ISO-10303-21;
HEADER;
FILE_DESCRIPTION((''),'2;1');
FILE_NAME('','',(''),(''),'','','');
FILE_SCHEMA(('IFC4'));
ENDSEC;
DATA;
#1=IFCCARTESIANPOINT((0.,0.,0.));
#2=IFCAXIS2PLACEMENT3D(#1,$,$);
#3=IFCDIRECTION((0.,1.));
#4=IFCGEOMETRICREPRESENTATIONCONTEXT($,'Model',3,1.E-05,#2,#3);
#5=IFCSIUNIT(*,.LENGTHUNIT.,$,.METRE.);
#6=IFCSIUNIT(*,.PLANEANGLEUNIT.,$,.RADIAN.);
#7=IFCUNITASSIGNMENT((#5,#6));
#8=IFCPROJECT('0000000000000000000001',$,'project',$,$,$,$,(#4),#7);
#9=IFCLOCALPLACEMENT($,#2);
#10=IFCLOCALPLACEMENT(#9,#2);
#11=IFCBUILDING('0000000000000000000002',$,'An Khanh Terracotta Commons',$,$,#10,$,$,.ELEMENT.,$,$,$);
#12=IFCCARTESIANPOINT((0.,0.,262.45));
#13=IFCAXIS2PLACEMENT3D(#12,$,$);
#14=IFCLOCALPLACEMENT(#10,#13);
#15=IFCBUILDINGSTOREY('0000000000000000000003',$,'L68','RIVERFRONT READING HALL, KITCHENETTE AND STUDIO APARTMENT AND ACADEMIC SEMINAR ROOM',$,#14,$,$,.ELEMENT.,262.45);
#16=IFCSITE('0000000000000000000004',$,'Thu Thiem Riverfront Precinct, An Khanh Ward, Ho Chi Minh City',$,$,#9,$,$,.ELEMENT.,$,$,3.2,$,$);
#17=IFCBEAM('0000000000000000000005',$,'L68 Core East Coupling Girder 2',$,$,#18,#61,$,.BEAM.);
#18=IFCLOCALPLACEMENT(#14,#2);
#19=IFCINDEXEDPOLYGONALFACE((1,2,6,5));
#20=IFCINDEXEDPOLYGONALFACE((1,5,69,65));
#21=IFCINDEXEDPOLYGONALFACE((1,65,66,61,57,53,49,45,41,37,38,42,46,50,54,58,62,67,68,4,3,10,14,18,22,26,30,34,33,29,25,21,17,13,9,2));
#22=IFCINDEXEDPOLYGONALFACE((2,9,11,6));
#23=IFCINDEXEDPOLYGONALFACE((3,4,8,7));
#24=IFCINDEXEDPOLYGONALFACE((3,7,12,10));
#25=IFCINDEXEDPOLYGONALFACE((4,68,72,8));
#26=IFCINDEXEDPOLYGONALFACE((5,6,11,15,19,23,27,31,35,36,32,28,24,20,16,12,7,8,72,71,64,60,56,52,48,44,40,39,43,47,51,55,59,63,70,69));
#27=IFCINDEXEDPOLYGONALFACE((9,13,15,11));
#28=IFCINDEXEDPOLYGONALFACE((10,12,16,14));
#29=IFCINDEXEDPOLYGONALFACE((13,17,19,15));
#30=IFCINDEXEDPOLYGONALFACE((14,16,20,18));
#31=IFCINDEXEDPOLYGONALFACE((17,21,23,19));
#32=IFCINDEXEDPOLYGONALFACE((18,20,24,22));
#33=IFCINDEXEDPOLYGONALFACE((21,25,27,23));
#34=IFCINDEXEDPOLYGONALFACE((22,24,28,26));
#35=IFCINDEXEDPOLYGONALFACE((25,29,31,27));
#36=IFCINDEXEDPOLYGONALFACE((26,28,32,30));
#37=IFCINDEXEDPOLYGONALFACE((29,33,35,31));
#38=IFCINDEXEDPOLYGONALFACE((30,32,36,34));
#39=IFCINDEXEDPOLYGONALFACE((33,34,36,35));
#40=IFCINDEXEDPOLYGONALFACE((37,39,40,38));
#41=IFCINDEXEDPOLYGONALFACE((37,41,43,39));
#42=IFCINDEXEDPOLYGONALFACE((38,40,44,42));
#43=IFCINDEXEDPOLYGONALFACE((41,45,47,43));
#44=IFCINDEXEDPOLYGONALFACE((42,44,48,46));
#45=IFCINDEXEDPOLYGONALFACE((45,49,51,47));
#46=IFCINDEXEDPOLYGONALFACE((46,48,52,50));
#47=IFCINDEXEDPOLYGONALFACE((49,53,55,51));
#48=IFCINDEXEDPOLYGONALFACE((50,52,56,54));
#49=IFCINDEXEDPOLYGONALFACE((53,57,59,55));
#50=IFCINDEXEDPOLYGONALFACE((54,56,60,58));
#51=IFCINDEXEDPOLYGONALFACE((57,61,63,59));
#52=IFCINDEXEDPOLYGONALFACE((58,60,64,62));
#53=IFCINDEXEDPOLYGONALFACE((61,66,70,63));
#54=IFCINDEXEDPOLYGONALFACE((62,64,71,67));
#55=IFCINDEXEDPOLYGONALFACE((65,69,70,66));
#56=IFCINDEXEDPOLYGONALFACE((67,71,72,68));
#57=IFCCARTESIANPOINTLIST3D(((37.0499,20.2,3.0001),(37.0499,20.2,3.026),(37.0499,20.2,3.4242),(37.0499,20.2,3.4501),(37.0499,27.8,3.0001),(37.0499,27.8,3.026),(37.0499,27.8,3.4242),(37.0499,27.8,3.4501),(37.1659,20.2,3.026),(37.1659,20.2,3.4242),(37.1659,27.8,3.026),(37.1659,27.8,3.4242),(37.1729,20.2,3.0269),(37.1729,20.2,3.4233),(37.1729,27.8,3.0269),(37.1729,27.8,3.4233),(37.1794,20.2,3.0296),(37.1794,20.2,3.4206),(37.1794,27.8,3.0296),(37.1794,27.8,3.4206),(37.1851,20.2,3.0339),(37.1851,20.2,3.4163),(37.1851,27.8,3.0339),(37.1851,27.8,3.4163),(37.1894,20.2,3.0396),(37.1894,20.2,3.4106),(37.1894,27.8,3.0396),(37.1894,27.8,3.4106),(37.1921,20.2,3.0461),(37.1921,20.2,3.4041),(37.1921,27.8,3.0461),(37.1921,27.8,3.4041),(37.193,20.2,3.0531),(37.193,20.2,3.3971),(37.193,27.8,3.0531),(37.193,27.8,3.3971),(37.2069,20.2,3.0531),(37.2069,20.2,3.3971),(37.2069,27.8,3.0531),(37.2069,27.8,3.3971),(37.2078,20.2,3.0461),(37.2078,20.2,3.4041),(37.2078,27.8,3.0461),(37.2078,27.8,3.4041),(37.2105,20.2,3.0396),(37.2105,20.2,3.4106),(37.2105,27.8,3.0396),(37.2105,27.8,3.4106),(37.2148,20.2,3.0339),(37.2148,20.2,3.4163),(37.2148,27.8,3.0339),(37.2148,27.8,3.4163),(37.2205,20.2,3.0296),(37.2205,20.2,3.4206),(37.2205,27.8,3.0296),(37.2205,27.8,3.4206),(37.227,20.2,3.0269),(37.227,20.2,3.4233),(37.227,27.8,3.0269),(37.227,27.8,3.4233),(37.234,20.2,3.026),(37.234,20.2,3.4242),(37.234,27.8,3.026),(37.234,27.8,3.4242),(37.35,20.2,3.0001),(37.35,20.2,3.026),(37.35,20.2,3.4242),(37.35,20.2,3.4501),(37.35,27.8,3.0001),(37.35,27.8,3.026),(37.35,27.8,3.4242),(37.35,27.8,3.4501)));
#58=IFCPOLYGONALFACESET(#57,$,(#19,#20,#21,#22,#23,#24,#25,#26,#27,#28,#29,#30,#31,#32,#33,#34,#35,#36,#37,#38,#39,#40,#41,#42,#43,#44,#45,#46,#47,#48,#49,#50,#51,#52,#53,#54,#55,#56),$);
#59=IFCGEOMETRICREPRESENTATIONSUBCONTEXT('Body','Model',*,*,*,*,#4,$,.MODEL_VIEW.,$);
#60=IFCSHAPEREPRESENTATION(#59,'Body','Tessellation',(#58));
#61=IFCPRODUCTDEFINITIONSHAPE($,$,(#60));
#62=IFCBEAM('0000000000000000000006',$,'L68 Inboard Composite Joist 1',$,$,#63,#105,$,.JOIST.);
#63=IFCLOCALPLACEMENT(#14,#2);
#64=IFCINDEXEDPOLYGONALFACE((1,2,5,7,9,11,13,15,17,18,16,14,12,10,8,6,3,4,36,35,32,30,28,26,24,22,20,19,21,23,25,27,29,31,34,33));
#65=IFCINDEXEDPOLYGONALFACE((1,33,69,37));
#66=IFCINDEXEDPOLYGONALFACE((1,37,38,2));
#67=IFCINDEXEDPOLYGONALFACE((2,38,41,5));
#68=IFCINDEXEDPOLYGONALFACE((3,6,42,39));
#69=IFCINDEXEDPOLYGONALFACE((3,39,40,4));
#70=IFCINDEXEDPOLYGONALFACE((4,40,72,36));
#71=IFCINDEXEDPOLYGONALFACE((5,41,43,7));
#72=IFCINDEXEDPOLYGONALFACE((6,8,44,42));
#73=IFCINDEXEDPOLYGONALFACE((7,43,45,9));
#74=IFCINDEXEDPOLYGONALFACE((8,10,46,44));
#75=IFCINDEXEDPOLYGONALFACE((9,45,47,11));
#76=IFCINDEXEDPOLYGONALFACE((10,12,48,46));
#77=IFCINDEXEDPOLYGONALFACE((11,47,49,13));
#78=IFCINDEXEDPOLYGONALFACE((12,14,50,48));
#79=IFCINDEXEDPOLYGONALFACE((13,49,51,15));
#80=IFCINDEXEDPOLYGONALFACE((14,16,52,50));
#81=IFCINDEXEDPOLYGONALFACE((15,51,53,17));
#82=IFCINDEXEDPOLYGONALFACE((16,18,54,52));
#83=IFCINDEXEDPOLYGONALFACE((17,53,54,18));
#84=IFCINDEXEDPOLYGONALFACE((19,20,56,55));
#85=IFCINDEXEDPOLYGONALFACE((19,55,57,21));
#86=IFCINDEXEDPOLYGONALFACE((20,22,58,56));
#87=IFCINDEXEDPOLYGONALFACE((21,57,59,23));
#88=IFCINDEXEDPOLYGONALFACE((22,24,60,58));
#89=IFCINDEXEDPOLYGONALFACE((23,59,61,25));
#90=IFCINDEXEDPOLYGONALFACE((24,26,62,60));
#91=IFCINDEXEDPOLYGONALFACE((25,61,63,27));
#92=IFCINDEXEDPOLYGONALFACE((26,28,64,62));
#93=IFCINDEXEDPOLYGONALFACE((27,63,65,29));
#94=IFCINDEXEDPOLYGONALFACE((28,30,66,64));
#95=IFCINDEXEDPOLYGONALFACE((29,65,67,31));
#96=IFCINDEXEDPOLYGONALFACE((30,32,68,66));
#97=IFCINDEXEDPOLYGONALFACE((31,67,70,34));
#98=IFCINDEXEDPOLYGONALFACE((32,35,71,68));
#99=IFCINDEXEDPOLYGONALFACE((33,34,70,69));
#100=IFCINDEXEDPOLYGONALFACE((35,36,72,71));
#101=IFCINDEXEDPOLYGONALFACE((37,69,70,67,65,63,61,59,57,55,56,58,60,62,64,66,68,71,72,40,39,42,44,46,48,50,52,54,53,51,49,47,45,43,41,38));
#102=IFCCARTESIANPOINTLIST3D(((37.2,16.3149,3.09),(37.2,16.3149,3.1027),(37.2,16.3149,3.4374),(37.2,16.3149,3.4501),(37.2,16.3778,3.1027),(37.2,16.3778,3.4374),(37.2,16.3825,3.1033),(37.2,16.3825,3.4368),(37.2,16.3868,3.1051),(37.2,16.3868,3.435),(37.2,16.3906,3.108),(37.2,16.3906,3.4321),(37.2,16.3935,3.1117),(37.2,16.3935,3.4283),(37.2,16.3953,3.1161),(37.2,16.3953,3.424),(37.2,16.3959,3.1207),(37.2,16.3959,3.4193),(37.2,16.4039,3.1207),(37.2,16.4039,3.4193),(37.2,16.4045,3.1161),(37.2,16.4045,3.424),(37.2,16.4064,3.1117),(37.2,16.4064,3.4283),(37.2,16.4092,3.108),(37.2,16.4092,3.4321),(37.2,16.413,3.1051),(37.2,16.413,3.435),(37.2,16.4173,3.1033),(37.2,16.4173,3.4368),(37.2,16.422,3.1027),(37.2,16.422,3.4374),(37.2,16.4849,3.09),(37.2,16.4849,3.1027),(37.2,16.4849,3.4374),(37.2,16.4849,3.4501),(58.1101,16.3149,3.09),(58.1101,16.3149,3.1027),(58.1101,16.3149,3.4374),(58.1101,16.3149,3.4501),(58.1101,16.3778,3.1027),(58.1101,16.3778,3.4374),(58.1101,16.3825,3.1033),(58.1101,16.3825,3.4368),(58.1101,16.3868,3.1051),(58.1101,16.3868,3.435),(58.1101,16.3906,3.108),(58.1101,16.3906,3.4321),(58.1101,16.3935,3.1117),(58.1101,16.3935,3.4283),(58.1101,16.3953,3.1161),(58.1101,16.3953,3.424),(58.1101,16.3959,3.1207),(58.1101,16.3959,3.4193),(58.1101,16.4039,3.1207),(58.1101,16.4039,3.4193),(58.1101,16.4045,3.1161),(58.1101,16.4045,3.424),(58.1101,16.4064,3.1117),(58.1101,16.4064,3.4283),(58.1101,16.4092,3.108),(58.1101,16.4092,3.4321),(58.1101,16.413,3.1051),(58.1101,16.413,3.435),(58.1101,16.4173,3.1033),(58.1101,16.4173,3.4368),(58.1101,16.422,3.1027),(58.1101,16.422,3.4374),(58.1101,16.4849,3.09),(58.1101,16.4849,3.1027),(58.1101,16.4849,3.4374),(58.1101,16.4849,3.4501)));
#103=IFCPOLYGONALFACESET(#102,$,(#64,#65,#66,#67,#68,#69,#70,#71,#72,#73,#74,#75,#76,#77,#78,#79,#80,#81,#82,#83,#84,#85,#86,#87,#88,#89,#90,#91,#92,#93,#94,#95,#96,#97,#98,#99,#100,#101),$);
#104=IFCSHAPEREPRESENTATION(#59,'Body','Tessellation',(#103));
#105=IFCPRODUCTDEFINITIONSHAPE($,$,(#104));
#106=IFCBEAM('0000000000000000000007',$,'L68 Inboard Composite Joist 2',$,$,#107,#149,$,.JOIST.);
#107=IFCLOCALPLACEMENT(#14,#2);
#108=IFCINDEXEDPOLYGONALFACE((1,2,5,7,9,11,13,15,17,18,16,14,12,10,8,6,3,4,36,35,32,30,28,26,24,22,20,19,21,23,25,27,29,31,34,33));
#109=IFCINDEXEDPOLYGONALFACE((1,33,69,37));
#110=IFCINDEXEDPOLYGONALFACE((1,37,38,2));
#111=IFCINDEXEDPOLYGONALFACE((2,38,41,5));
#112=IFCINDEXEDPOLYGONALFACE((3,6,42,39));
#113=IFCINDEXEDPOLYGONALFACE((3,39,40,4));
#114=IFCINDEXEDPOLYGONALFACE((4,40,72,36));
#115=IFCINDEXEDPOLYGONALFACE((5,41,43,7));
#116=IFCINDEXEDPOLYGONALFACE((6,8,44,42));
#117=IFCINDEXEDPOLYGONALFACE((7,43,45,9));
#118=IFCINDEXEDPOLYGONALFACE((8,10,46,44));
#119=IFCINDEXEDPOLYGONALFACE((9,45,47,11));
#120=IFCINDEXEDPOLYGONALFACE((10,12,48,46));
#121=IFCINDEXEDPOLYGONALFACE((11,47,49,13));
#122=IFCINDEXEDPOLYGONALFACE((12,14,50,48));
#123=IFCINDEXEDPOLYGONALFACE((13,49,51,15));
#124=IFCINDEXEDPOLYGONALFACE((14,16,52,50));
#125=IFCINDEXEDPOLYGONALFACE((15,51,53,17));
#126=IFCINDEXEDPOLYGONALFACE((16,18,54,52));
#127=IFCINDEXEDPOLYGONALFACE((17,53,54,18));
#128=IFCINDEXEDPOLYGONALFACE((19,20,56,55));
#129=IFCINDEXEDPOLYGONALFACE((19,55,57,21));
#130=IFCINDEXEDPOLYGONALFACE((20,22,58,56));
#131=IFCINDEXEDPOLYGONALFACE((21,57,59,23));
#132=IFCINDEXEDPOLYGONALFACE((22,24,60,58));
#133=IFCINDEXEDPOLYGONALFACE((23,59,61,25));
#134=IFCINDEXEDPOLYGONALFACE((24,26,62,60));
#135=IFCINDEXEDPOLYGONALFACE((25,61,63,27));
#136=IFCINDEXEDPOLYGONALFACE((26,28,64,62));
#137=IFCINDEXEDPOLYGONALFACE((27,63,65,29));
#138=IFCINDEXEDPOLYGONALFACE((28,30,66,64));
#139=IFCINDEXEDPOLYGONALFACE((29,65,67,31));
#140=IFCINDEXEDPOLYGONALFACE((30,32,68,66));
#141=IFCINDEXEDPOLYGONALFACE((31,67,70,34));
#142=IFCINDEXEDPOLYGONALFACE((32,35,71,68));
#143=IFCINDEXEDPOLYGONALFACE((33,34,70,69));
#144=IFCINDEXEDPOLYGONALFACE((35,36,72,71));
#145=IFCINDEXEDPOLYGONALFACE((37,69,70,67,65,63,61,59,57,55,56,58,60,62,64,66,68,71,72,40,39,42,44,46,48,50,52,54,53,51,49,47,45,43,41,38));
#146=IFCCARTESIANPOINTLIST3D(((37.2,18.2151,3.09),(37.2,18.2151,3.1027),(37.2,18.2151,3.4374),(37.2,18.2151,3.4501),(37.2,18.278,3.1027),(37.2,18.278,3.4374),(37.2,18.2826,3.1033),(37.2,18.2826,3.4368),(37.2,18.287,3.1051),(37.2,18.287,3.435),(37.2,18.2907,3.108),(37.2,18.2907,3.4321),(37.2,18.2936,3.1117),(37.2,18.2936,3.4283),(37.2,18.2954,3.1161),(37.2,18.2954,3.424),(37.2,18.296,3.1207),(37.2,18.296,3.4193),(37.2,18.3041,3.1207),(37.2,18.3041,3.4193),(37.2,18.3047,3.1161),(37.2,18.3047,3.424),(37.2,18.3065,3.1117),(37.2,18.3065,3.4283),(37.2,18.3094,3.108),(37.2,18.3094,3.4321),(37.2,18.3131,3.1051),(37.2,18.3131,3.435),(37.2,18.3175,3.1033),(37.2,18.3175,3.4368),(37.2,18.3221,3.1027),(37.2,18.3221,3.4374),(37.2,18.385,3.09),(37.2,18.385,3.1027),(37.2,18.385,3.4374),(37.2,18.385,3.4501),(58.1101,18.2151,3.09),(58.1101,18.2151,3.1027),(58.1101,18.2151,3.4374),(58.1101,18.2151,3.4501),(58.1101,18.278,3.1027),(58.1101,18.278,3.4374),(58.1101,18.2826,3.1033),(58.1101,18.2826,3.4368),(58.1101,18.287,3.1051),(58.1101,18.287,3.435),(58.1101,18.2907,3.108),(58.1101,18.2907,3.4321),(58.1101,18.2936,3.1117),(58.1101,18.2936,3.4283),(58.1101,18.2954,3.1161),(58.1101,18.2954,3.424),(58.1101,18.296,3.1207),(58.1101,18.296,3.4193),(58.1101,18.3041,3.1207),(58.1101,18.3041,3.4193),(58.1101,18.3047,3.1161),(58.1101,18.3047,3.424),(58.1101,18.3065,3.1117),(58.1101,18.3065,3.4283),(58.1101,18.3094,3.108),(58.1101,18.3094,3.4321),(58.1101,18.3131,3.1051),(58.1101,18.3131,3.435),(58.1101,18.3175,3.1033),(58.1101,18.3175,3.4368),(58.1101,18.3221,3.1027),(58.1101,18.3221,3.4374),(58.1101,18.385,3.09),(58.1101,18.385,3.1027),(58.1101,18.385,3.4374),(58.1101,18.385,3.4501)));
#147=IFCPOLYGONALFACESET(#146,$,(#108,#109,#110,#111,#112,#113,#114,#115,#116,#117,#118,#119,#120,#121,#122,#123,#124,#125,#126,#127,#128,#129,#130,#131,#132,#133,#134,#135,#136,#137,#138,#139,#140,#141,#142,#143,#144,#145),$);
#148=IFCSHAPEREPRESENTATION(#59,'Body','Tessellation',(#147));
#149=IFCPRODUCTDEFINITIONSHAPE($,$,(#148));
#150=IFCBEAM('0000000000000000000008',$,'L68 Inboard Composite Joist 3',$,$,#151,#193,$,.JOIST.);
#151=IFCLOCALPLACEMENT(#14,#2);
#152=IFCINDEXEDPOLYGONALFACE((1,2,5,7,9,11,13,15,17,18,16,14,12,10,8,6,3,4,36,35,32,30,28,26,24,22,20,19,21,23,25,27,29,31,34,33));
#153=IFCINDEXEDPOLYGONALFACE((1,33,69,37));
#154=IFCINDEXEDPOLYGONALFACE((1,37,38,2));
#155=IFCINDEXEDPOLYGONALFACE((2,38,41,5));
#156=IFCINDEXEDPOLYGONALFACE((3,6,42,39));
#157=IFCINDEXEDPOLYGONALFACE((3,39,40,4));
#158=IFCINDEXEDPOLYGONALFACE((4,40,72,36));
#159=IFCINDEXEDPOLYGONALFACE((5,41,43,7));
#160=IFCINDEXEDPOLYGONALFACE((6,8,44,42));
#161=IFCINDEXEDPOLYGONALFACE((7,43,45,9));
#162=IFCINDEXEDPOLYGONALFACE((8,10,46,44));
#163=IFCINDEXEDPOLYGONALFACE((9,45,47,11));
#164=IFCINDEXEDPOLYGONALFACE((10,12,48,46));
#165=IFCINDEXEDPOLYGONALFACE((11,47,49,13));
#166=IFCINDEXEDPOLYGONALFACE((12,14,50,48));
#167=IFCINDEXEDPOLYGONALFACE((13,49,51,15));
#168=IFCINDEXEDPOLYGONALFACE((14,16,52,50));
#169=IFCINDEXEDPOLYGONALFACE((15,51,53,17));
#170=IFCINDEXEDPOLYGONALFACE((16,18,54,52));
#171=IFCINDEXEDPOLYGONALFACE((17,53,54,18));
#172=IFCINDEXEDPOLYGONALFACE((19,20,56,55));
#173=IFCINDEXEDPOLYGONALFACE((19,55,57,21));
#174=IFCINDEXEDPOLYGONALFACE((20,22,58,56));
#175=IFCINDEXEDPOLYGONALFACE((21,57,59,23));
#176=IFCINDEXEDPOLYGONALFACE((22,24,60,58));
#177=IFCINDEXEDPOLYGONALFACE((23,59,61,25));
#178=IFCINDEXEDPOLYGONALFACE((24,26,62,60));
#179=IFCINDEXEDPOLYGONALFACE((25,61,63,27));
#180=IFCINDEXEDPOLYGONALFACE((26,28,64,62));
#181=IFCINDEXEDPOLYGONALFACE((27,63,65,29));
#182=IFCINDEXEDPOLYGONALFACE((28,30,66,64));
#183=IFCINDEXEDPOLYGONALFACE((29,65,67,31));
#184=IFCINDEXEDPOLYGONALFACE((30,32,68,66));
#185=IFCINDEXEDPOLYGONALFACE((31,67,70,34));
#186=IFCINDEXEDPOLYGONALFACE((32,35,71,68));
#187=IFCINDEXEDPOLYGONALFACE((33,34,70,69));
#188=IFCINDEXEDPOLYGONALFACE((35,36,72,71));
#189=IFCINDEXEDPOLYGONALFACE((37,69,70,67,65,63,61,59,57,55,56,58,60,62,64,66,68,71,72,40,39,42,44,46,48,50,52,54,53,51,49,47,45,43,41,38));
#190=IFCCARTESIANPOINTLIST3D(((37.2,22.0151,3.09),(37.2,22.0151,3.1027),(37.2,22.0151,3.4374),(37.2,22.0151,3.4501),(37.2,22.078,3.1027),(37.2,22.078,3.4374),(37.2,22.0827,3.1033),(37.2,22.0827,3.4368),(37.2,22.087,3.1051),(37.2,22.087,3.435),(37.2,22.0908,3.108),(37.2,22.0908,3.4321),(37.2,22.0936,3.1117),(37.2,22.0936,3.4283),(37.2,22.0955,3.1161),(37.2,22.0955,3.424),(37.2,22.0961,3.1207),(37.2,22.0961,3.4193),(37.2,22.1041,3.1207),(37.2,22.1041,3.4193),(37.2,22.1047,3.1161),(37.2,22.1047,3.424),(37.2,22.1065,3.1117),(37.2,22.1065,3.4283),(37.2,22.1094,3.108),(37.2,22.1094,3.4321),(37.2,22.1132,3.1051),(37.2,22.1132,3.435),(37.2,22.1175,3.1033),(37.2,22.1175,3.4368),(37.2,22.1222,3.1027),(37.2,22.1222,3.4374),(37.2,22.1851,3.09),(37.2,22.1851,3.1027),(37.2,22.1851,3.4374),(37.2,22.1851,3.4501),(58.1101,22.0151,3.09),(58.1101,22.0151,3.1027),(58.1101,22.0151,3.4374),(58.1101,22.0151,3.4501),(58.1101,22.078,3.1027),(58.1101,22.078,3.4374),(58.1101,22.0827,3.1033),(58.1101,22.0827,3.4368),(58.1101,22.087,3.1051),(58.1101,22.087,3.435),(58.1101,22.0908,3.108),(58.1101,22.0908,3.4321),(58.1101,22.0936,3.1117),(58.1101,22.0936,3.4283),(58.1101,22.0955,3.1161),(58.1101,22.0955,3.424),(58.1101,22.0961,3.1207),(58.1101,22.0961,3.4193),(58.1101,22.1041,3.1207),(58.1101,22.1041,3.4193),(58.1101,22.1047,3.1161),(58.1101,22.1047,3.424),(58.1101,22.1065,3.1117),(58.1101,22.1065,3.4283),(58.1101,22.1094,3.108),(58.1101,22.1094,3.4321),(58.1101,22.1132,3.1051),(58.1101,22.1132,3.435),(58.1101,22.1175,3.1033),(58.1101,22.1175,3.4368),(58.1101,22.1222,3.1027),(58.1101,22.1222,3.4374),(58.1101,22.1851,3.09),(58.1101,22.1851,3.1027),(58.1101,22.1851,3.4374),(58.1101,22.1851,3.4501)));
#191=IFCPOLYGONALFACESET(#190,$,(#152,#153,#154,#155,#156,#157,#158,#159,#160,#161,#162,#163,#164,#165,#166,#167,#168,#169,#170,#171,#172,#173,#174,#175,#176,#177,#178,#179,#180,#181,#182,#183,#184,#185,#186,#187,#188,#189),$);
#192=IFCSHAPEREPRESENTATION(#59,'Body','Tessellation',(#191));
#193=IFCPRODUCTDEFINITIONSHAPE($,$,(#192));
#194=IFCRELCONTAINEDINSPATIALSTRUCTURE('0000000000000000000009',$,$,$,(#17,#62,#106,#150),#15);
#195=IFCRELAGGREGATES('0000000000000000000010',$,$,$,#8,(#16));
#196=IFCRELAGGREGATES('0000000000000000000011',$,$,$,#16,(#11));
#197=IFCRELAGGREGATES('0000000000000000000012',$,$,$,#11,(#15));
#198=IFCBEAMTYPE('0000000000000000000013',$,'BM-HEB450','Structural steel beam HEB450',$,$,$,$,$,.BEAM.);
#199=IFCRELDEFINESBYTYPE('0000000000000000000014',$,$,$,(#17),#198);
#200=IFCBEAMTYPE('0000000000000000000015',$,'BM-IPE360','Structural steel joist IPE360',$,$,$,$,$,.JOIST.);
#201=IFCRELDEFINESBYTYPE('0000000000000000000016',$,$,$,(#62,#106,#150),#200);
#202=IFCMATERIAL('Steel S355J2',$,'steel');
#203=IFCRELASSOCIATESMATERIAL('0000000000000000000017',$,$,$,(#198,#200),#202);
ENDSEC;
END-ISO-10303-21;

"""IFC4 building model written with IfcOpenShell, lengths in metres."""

from ifc_helpers import new_model, si_unit, direction, frame, origin, origin_2d, place, context, subcontext, project, spatial, i_section, extrude, material, material_profile, profile_set, type_object, element, save


model = new_model("IFC4")

# Units and contexts
model_context = context("Model", 3, precision=1e-05, world=origin(), true_north=direction((0.0, 1.0)))
body_context = subcontext(model_context, "Body", "Model", "MODEL_VIEW")
ifc_project = project(units=[si_unit("LENGTHUNIT", "METRE"), si_unit("PLANEANGLEUNIT", "RADIAN")], contexts=[model_context])

# Site, building, storey
site_placement = place(None, origin())
site = spatial("IfcSite", under=ifc_project, at=site_placement, Name="Thu Thiem Riverfront Precinct, An Khanh Ward, Ho Chi Minh City", CompositionType="ELEMENT", RefElevation=3.2)
building_placement = place(site_placement, origin())
building = spatial("IfcBuilding", under=site, at=building_placement, Name="An Khanh Terracotta Commons", CompositionType="ELEMENT")
storey_placement = place(building_placement, frame((0.0, 0.0, 262.45)))
storey = spatial("IfcBuildingStorey", under=building, at=storey_placement, Name="L68", Description="RIVERFRONT READING HALL, KITCHENETTE AND STUDIO APARTMENT AND ACADEMIC SEMINAR ROOM", CompositionType="ELEMENT", Elevation=262.45)

# Beams
ifc_material_1 = material(Name="Steel S355J2", Category="steel")
ifc_material_profile_1 = material_profile(ifc_material_1, i_section(OverallWidth=0.3, OverallDepth=0.45, WebThickness=0.0139, FlangeThickness=0.0259, FilletRadius=0.0271, at=origin_2d()), Name="HEB450")
ifc_profile_set_1 = profile_set([ifc_material_profile_1], Name="Steel S355J2")
beam_type_1 = type_object("IfcBeamType", Name="BM-HEB450", Description="Structural steel beam HEB450", PredefinedType="BEAM", material=ifc_profile_set_1)
beam_1_placement = place(storey_placement, frame((37.2, 20.2, 3.2251), z_axis=(0.0, 1.0, 0.0), x_axis=(-1.0, 0.0, 0.0)))
element("IfcBeam", 1, at=beam_1_placement, inside=storey, type_object=beam_type_1, Name="L68 Core East Coupling Girder 2", PredefinedType="BEAM", context=body_context, shape_type="SweptSolid", body=[
    extrude(i_section(OverallWidth=0.3, OverallDepth=0.45, WebThickness=0.0139, FlangeThickness=0.0259, FilletRadius=0.0271, at=origin_2d()), origin(), (0.0, 0.0, 1.0), 7.6001),
])
ifc_material_profile_2 = material_profile(ifc_material_1, i_section(OverallWidth=0.1699, OverallDepth=0.3601, WebThickness=0.0081, FlangeThickness=0.0127, FilletRadius=0.0181, at=origin_2d()), Name="IPE360")
ifc_profile_set_2 = profile_set([ifc_material_profile_2], Name="Steel S355J2")
beam_type_2 = type_object("IfcBeamType", Name="BM-IPE360", Description="Structural steel joist IPE360", PredefinedType="JOIST", material=ifc_profile_set_2)
for number, where, z_axis, x_axis, name in (
    (2, (37.2, 16.3999, 3.27), (1.0, 0.0, 0.0), (0.0, 1.0, 0.0), "L68 Inboard Composite Joist 1"),
    (3, (37.2, 18.3, 3.27), (1.0, 0.0, 0.0), (0.0, 1.0, 0.0), "L68 Inboard Composite Joist 2"),
    (4, (37.2, 22.1001, 3.27), (1.0, 0.0, 0.0), (0.0, 1.0, 0.0), "L68 Inboard Composite Joist 3"),
):
    element("IfcBeam", number, at=place(storey_placement, frame(where, z_axis=z_axis, x_axis=x_axis)), inside=storey, type_object=beam_type_2, Name=name, PredefinedType="JOIST", context=body_context, shape_type="SweptSolid", body=[
        extrude(i_section(OverallWidth=0.1699, OverallDepth=0.3601, WebThickness=0.0081, FlangeThickness=0.0127, FilletRadius=0.0181, at=origin_2d()), origin(), (0.0, 0.0, 1.0), 20.9102),
    ])

save(model, "model.ifc")
